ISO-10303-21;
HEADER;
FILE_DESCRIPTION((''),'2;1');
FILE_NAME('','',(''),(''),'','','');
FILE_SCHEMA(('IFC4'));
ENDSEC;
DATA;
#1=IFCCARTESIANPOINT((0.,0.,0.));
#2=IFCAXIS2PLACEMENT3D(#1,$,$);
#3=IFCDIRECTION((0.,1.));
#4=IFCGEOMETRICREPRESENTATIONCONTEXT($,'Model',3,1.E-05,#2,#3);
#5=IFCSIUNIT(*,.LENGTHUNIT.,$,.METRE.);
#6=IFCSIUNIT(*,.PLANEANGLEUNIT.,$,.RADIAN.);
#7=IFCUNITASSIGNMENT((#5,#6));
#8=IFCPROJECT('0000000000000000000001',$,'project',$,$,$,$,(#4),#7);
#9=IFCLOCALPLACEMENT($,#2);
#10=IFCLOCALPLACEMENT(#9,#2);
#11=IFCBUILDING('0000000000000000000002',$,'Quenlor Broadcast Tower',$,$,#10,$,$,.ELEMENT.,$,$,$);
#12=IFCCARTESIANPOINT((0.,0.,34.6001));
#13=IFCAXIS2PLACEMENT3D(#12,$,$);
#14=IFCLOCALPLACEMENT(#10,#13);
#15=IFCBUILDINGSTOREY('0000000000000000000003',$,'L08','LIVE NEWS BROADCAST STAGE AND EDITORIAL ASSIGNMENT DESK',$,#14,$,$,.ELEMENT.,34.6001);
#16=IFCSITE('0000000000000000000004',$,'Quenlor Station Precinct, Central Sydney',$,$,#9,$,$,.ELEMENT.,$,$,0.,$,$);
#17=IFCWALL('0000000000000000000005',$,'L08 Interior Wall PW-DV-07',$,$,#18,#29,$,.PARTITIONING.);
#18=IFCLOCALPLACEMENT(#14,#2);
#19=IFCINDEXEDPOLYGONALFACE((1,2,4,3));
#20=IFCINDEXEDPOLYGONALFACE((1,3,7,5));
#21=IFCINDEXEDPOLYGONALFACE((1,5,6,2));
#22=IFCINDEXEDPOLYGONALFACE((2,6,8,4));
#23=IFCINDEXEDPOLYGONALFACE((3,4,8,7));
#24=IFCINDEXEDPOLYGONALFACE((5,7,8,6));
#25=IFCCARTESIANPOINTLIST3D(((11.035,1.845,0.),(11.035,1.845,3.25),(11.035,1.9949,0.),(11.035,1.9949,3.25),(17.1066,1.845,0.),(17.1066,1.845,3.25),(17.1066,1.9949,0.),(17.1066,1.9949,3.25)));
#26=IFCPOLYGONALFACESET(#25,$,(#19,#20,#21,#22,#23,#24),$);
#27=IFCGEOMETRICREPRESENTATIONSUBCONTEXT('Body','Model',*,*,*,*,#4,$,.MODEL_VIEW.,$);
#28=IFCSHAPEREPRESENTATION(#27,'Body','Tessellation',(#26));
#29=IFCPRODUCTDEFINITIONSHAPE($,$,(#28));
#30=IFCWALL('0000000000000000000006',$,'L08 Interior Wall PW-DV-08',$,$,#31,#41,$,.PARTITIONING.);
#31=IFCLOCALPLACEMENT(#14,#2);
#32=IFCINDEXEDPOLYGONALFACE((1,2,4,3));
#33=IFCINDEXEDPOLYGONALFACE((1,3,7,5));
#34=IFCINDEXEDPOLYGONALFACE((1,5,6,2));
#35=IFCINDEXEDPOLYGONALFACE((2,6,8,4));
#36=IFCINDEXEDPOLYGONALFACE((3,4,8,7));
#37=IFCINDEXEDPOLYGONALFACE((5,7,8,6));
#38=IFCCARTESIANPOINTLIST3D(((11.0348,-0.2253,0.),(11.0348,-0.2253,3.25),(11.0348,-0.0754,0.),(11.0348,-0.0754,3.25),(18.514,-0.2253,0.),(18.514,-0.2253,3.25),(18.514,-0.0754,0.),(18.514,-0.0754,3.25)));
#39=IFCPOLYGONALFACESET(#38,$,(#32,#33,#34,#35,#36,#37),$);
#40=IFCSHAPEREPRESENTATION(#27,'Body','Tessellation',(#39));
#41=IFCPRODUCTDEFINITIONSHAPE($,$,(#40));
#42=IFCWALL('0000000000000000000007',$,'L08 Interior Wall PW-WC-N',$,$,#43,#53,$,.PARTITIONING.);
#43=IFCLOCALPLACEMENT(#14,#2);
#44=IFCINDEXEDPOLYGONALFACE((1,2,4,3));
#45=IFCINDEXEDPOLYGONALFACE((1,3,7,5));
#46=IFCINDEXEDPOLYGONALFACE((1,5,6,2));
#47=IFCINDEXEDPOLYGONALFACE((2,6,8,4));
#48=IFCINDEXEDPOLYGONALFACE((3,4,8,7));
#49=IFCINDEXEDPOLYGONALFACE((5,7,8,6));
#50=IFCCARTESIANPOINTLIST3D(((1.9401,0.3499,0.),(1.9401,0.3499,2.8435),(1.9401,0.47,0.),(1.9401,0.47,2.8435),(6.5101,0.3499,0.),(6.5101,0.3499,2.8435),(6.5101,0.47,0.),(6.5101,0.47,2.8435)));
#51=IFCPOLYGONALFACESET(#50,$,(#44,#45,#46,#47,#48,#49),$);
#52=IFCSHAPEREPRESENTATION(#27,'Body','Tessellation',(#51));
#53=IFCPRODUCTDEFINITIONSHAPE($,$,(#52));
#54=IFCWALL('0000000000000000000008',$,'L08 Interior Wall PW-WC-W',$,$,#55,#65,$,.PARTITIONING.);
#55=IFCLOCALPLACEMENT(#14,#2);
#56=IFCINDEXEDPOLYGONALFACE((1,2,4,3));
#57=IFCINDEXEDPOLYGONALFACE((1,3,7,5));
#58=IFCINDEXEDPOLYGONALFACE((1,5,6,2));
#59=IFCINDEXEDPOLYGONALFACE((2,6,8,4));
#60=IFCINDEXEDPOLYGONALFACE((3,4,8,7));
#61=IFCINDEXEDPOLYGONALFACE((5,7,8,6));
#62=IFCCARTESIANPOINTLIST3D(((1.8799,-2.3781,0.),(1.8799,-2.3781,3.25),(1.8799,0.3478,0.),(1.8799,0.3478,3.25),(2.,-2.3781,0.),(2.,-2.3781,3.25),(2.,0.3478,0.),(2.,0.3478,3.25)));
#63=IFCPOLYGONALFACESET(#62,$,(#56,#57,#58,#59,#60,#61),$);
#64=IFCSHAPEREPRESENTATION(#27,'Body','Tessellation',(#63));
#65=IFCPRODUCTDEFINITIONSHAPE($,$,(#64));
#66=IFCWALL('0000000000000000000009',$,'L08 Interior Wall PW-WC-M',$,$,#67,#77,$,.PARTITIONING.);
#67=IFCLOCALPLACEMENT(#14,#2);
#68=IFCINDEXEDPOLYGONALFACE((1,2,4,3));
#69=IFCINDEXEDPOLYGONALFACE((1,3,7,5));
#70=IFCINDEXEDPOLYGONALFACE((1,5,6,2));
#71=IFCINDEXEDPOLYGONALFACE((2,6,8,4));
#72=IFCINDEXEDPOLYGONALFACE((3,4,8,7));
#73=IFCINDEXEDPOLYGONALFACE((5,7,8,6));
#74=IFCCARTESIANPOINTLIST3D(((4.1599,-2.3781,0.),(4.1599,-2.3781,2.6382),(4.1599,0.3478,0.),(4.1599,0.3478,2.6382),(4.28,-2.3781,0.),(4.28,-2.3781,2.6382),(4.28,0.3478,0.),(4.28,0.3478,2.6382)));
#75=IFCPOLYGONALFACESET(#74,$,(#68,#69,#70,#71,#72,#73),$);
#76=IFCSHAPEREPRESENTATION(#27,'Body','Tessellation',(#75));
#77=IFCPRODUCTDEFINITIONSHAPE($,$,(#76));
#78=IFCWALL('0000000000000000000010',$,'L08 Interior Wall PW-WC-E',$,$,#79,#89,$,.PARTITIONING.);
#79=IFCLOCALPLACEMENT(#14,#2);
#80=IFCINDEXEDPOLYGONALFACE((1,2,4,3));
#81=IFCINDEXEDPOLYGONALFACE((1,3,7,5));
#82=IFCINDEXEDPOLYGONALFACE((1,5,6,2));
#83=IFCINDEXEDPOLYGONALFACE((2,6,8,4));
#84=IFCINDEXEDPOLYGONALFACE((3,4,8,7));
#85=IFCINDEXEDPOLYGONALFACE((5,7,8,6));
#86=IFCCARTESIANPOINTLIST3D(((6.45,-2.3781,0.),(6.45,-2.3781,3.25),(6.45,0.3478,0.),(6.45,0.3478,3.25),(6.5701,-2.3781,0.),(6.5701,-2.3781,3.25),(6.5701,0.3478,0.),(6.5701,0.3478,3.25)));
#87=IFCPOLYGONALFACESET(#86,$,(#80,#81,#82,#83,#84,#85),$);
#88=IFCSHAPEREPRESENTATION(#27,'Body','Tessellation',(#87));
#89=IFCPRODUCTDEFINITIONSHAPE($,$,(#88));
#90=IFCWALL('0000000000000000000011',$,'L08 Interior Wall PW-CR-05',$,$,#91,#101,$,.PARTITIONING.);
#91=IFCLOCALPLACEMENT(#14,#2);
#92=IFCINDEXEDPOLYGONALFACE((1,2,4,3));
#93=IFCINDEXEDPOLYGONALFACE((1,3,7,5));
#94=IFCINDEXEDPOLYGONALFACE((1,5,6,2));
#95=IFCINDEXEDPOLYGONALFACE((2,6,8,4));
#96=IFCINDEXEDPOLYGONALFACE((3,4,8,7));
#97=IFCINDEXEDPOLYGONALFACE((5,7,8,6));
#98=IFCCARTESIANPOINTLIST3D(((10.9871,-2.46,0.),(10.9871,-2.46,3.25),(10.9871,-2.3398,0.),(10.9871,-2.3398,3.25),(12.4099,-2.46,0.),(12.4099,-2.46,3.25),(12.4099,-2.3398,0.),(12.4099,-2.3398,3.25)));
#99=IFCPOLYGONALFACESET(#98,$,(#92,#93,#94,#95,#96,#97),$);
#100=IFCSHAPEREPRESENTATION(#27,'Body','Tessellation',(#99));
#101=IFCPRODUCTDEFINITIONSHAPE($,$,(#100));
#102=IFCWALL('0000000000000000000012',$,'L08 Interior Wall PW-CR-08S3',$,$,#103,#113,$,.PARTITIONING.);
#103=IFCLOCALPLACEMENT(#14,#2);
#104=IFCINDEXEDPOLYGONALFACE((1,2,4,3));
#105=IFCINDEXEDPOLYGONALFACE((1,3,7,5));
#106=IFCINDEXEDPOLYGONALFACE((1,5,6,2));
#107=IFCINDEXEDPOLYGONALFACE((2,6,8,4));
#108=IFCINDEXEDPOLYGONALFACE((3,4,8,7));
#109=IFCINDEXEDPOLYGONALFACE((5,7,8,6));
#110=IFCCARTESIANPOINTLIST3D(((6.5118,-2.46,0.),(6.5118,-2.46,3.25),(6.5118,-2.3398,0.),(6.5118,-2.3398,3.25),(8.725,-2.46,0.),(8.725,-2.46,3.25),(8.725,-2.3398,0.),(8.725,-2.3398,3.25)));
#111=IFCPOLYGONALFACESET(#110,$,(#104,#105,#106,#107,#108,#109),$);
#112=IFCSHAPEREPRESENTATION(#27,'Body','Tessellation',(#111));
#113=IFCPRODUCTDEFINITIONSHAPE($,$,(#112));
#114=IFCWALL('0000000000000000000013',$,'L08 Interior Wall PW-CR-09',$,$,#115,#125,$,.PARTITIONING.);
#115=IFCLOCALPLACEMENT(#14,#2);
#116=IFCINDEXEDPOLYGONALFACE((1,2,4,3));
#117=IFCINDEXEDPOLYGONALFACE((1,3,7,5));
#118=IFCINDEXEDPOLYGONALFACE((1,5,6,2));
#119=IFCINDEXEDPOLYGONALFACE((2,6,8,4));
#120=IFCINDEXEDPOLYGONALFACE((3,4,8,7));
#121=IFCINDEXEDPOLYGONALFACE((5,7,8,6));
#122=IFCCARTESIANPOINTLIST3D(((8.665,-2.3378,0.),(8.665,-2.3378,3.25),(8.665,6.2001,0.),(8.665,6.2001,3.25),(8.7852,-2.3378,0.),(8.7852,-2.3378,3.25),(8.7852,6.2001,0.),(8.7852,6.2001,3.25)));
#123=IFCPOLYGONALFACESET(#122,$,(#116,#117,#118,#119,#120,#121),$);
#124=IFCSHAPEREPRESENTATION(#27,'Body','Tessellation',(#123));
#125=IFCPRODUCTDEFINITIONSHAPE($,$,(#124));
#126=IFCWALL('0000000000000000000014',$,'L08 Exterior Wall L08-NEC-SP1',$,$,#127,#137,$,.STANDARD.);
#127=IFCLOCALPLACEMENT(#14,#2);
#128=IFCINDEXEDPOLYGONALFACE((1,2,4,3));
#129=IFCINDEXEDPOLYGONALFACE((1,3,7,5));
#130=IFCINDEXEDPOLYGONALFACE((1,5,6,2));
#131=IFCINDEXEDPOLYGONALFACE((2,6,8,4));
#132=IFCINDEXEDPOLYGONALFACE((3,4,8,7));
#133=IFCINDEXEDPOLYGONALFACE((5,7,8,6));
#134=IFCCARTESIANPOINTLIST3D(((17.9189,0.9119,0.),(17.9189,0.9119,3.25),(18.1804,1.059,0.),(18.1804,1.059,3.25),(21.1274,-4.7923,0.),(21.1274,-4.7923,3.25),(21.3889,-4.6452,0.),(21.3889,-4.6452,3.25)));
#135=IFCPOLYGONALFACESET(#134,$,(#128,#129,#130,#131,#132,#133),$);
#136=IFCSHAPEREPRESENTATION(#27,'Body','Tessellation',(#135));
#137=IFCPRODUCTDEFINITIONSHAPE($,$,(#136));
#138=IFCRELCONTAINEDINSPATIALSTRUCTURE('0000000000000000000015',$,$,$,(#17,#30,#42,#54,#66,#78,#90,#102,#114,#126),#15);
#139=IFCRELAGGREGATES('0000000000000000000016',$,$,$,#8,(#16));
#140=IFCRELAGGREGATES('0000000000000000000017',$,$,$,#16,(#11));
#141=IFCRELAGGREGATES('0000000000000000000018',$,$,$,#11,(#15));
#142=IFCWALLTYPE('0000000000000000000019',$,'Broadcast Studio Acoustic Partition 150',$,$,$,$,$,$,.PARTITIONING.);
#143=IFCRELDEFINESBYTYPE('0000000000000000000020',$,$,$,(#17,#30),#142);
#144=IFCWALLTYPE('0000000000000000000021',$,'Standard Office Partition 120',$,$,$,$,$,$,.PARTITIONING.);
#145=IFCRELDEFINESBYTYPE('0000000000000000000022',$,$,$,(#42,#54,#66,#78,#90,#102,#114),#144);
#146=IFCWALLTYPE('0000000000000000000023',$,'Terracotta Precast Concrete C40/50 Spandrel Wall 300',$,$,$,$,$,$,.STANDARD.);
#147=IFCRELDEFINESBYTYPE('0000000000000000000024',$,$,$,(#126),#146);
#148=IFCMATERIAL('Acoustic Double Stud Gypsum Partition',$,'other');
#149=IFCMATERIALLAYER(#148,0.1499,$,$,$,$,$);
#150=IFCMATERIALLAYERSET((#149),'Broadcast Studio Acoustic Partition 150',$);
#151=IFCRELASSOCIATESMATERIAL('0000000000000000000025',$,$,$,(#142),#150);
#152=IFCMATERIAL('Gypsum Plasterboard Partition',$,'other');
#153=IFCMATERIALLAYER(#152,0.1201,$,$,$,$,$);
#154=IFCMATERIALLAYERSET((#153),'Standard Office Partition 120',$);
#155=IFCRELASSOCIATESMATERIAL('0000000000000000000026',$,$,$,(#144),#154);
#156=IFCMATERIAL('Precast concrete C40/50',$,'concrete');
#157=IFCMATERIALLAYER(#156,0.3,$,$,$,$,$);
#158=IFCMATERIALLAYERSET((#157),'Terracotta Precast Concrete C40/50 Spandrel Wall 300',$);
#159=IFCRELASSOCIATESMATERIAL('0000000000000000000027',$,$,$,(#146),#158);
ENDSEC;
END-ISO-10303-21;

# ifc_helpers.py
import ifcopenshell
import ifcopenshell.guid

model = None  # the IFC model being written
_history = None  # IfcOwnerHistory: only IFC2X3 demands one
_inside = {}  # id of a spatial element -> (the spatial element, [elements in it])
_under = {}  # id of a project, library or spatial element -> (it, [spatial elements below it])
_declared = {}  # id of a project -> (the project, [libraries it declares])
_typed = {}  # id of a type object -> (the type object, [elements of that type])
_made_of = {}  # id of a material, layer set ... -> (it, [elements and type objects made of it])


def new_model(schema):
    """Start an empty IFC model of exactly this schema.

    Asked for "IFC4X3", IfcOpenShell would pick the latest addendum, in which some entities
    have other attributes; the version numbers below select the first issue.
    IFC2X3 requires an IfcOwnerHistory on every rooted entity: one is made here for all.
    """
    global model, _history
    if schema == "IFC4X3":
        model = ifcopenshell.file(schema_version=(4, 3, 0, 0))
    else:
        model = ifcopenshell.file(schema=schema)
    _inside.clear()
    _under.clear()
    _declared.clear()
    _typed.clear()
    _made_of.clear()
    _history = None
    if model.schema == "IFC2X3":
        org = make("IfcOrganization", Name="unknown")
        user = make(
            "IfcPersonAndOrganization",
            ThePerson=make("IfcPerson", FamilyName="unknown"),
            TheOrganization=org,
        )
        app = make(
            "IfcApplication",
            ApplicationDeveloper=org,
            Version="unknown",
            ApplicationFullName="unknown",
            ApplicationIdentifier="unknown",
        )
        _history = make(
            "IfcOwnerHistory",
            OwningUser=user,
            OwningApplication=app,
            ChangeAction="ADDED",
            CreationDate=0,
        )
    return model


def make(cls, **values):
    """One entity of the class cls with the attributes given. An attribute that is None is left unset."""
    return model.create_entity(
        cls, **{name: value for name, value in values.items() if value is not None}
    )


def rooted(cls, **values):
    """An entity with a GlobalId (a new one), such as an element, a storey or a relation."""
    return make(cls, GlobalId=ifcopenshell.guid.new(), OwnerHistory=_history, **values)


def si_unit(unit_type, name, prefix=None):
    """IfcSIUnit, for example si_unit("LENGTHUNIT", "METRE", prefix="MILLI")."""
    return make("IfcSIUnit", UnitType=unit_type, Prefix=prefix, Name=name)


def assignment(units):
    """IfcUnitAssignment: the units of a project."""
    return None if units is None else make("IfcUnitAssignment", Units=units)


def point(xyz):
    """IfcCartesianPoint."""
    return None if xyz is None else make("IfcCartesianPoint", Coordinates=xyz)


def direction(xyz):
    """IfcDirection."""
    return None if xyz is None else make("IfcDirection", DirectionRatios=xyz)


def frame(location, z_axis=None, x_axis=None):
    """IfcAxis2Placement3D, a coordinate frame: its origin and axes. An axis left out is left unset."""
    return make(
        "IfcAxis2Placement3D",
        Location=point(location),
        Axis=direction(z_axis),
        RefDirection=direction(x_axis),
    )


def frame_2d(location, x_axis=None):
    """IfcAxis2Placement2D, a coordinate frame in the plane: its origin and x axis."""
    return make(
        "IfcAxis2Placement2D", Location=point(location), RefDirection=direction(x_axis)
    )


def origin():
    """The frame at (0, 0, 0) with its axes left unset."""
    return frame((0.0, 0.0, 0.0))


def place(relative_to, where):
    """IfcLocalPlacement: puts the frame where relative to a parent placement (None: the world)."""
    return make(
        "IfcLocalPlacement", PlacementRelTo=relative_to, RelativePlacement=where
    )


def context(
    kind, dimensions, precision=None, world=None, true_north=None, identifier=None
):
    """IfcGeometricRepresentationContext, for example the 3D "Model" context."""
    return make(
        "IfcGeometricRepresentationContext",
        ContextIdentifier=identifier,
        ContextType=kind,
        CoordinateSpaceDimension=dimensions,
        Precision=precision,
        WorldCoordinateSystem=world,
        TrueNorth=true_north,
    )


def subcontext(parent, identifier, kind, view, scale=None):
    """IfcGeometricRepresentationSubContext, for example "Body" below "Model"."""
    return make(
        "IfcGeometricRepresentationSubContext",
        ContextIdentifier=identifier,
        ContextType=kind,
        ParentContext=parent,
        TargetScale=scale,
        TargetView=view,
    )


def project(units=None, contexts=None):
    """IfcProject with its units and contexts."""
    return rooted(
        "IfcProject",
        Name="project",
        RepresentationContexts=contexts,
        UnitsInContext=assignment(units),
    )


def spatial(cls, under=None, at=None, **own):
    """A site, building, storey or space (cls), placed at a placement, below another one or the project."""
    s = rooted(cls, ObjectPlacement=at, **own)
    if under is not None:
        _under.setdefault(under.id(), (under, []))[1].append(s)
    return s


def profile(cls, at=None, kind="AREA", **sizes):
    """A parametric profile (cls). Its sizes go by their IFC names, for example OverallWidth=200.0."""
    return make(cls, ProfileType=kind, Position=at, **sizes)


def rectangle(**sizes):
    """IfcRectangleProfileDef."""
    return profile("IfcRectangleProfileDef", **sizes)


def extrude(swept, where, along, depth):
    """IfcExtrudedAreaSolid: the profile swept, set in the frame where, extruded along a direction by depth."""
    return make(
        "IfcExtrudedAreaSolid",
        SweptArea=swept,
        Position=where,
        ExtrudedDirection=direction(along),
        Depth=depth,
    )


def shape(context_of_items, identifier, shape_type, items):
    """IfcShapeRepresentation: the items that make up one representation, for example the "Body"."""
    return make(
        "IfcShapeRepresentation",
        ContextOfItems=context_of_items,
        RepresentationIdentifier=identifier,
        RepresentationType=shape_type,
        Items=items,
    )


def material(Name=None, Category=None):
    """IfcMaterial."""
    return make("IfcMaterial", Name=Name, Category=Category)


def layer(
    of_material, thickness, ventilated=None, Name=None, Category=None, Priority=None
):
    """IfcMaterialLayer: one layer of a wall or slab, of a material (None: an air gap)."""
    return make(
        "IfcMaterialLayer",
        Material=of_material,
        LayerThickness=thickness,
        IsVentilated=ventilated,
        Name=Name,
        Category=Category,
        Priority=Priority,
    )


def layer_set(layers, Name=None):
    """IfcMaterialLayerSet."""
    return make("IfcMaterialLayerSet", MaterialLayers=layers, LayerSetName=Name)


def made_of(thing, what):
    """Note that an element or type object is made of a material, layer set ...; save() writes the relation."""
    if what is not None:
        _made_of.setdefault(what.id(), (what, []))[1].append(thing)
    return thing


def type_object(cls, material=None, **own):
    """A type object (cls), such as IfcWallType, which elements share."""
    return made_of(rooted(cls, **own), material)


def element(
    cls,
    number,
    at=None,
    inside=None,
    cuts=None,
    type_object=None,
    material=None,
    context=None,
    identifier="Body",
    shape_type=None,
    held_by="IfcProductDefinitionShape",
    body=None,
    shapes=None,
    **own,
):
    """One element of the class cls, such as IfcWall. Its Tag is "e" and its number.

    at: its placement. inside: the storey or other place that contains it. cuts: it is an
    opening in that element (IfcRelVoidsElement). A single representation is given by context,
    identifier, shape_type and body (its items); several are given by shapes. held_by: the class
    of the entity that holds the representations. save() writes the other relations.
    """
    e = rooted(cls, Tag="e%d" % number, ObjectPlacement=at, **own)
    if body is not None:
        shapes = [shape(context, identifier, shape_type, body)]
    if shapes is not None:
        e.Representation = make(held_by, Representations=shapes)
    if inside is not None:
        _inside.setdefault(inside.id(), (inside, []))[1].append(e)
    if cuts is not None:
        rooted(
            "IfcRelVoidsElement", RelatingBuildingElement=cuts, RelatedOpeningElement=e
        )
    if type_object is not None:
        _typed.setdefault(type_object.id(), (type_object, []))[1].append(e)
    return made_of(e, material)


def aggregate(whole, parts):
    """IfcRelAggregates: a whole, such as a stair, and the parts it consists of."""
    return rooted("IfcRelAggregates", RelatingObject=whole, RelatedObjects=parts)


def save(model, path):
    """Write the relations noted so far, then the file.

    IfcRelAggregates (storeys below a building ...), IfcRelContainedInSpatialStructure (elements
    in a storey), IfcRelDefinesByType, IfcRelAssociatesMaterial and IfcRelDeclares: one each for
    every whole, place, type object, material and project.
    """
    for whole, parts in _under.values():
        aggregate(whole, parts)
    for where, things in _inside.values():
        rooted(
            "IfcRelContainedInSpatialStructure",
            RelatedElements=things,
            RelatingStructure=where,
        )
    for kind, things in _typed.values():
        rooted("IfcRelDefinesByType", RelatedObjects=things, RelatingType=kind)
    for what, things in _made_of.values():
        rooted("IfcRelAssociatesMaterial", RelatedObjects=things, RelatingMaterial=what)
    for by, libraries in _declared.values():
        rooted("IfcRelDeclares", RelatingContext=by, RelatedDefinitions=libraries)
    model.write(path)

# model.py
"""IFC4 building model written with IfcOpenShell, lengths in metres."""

from ifc_helpers import new_model, si_unit, direction, frame, frame_2d, origin, place, context, subcontext, project, spatial, rectangle, extrude, material, layer, layer_set, type_object, element, save


model = new_model("IFC4")

# Units and contexts
model_context = context("Model", 3, precision=1e-05, world=origin(), true_north=direction((0.0, 1.0)))
body_context = subcontext(model_context, "Body", "Model", "MODEL_VIEW")
ifc_project = project(units=[si_unit("LENGTHUNIT", "METRE"), si_unit("PLANEANGLEUNIT", "RADIAN")], contexts=[model_context])

# Site, building, storey
site_placement = place(None, origin())
site = spatial("IfcSite", under=ifc_project, at=site_placement, Name="Quenlor Station Precinct, Central Sydney", CompositionType="ELEMENT", RefElevation=0.0)
building_placement = place(site_placement, origin())
building = spatial("IfcBuilding", under=site, at=building_placement, Name="Quenlor Broadcast Tower", CompositionType="ELEMENT")
storey_placement = place(building_placement, frame((0.0, 0.0, 34.6001)))
storey = spatial("IfcBuildingStorey", under=building, at=storey_placement, Name="L08", Description="LIVE NEWS BROADCAST STAGE AND EDITORIAL ASSIGNMENT DESK", CompositionType="ELEMENT", Elevation=34.6001)

# Walls
ifc_material_1 = material(Name="Acoustic Double Stud Gypsum Partition", Category="other")
ifc_layer_1 = layer(ifc_material_1, 0.1499)
ifc_layer_set_1 = layer_set([ifc_layer_1], Name="Broadcast Studio Acoustic Partition 150")
wall_type_1 = type_object("IfcWallType", Name="Broadcast Studio Acoustic Partition 150", PredefinedType="PARTITIONING", material=ifc_layer_set_1)
wall_1_placement = place(storey_placement, frame((17.1064, 1.9199, 0.0), z_axis=(0.0, 0.0, 1.0), x_axis=(-1.0, 0.0, 0.0)))
element("IfcWall", 1, at=wall_1_placement, inside=storey, type_object=wall_type_1, Name="L08 Interior Wall PW-DV-07", PredefinedType="PARTITIONING", context=body_context, shape_type="SweptSolid", body=[
    extrude(rectangle(XDim=6.0715, YDim=0.1499, at=frame_2d((3.0356, 0.0))), origin(), (0.0, 0.0, 1.0), 3.25),
])
wall_2_placement = place(storey_placement, frame((18.5142, -0.1504, 0.0), z_axis=(0.0, 0.0, 1.0), x_axis=(-1.0, 0.0, 0.0)))
element("IfcWall", 2, at=wall_2_placement, inside=storey, type_object=wall_type_1, Name="L08 Interior Wall PW-DV-08", PredefinedType="PARTITIONING", context=body_context, shape_type="SweptSolid", body=[
    extrude(rectangle(XDim=7.4792, YDim=0.1499, at=frame_2d((3.7397, 0.0))), origin(), (0.0, 0.0, 1.0), 3.25),
])

# Shared definitions
ifc_material_2 = material(Name="Gypsum Plasterboard Partition", Category="other")
ifc_layer_2 = layer(ifc_material_2, 0.1201)
ifc_layer_set_2 = layer_set([ifc_layer_2], Name="Standard Office Partition 120")
wall_type_2 = type_object("IfcWallType", Name="Standard Office Partition 120", PredefinedType="PARTITIONING", material=ifc_layer_set_2)

# Walls
wall_3_placement = place(storey_placement, frame((1.9399, 0.4099, 0.0), z_axis=(0.0, 0.0, 1.0), x_axis=(1.0, 0.0, 0.0)))
element("IfcWall", 3, at=wall_3_placement, inside=storey, type_object=wall_type_2, Name="L08 Interior Wall PW-WC-N", PredefinedType="PARTITIONING", context=body_context, shape_type="SweptSolid", body=[
    extrude(rectangle(XDim=4.5701, YDim=0.1201, at=frame_2d((2.2852, 0.0))), origin(), (0.0, 0.0, 1.0), 2.8435),
])
wall_4_placement = place(storey_placement, frame((1.9399, -2.3779, 0.0), z_axis=(0.0, 0.0, 1.0), x_axis=(0.0, 1.0, 0.0)))
element("IfcWall", 4, at=wall_4_placement, inside=storey, type_object=wall_type_2, Name="L08 Interior Wall PW-WC-W", PredefinedType="PARTITIONING", context=body_context, shape_type="SweptSolid", body=[
    extrude(rectangle(XDim=2.7258, YDim=0.1201, at=frame_2d((1.3628, 0.0))), origin(), (0.0, 0.0, 1.0), 3.25),
])
wall_5_placement = place(storey_placement, frame((4.22, -2.3779, 0.0), z_axis=(0.0, 0.0, 1.0), x_axis=(0.0, 1.0, 0.0)))
element("IfcWall", 5, at=wall_5_placement, inside=storey, type_object=wall_type_2, Name="L08 Interior Wall PW-WC-M", PredefinedType="PARTITIONING", context=body_context, shape_type="SweptSolid", body=[
    extrude(rectangle(XDim=2.7258, YDim=0.1201, at=frame_2d((1.3628, 0.0))), origin(), (0.0, 0.0, 1.0), 2.6382),
])
wall_6_placement = place(storey_placement, frame((6.51, -2.3779, 0.0), z_axis=(0.0, 0.0, 1.0), x_axis=(0.0, 1.0, 0.0)))
element("IfcWall", 6, at=wall_6_placement, inside=storey, type_object=wall_type_2, Name="L08 Interior Wall PW-WC-E", PredefinedType="PARTITIONING", context=body_context, shape_type="SweptSolid", body=[
    extrude(rectangle(XDim=2.7258, YDim=0.1201, at=frame_2d((1.3628, 0.0))), origin(), (0.0, 0.0, 1.0), 3.25),
])
wall_7_placement = place(storey_placement, frame((10.9871, -2.3999, 0.0), z_axis=(0.0, 0.0, 1.0), x_axis=(1.0, 0.0, 0.0)))
element("IfcWall", 7, at=wall_7_placement, inside=storey, type_object=wall_type_2, Name="L08 Interior Wall PW-CR-05", PredefinedType="PARTITIONING", context=body_context, shape_type="SweptSolid", body=[
    extrude(rectangle(XDim=1.4229, YDim=0.1201, at=frame_2d((0.7114, 0.0))), origin(), (0.0, 0.0, 1.0), 3.25),
])

# Walls
wall_8_placement = place(storey_placement, frame((6.512, -2.3999, 0.0), z_axis=(0.0, 0.0, 1.0), x_axis=(1.0, 0.0, 0.0)))
element("IfcWall", 8, at=wall_8_placement, inside=storey, type_object=wall_type_2, Name="L08 Interior Wall PW-CR-08S3", PredefinedType="PARTITIONING", context=body_context, shape_type="SweptSolid", body=[
    extrude(rectangle(XDim=2.2131, YDim=0.1201, at=frame_2d((1.1064, 0.0))), origin(), (0.0, 0.0, 1.0), 3.25),
])
wall_9_placement = place(storey_placement, frame((8.7251, -2.3379, 0.0), z_axis=(0.0, 0.0, 1.0), x_axis=(0.0, 1.0, 0.0)))
element("IfcWall", 9, at=wall_9_placement, inside=storey, type_object=wall_type_2, Name="L08 Interior Wall PW-CR-09", PredefinedType="PARTITIONING", context=body_context, shape_type="SweptSolid", body=[
    extrude(rectangle(XDim=8.5378, YDim=0.1201, at=frame_2d((4.269, 0.0))), origin(), (0.0, 0.0, 1.0), 3.25),
])
ifc_material_3 = material(Name="Precast concrete C40/50", Category="concrete")
ifc_layer_3 = layer(ifc_material_3, 0.3)
ifc_layer_set_3 = layer_set([ifc_layer_3], Name="Terracotta Precast Concrete C40/50 Spandrel Wall 300")
wall_type_3 = type_object("IfcWallType", Name="Terracotta Precast Concrete C40/50 Spandrel Wall 300", PredefinedType="STANDARD", material=ifc_layer_set_3)
wall_10_placement = place(storey_placement, frame((18.0496, 0.9856, 0.0), z_axis=(0.0, 0.0, 1.0), x_axis=(0.490254, -0.87158, 0.0)))
element("IfcWall", 10, at=wall_10_placement, inside=storey, type_object=wall_type_3, Name="L08 Exterior Wall L08-NEC-SP1", PredefinedType="STANDARD", context=body_context, shape_type="SweptSolid", body=[
    extrude(rectangle(XDim=6.5447, YDim=0.3, at=frame_2d((3.2725, 0.0))), origin(), (0.0, 0.0, 1.0), 3.25),
])

save(model, "model.ifc")
